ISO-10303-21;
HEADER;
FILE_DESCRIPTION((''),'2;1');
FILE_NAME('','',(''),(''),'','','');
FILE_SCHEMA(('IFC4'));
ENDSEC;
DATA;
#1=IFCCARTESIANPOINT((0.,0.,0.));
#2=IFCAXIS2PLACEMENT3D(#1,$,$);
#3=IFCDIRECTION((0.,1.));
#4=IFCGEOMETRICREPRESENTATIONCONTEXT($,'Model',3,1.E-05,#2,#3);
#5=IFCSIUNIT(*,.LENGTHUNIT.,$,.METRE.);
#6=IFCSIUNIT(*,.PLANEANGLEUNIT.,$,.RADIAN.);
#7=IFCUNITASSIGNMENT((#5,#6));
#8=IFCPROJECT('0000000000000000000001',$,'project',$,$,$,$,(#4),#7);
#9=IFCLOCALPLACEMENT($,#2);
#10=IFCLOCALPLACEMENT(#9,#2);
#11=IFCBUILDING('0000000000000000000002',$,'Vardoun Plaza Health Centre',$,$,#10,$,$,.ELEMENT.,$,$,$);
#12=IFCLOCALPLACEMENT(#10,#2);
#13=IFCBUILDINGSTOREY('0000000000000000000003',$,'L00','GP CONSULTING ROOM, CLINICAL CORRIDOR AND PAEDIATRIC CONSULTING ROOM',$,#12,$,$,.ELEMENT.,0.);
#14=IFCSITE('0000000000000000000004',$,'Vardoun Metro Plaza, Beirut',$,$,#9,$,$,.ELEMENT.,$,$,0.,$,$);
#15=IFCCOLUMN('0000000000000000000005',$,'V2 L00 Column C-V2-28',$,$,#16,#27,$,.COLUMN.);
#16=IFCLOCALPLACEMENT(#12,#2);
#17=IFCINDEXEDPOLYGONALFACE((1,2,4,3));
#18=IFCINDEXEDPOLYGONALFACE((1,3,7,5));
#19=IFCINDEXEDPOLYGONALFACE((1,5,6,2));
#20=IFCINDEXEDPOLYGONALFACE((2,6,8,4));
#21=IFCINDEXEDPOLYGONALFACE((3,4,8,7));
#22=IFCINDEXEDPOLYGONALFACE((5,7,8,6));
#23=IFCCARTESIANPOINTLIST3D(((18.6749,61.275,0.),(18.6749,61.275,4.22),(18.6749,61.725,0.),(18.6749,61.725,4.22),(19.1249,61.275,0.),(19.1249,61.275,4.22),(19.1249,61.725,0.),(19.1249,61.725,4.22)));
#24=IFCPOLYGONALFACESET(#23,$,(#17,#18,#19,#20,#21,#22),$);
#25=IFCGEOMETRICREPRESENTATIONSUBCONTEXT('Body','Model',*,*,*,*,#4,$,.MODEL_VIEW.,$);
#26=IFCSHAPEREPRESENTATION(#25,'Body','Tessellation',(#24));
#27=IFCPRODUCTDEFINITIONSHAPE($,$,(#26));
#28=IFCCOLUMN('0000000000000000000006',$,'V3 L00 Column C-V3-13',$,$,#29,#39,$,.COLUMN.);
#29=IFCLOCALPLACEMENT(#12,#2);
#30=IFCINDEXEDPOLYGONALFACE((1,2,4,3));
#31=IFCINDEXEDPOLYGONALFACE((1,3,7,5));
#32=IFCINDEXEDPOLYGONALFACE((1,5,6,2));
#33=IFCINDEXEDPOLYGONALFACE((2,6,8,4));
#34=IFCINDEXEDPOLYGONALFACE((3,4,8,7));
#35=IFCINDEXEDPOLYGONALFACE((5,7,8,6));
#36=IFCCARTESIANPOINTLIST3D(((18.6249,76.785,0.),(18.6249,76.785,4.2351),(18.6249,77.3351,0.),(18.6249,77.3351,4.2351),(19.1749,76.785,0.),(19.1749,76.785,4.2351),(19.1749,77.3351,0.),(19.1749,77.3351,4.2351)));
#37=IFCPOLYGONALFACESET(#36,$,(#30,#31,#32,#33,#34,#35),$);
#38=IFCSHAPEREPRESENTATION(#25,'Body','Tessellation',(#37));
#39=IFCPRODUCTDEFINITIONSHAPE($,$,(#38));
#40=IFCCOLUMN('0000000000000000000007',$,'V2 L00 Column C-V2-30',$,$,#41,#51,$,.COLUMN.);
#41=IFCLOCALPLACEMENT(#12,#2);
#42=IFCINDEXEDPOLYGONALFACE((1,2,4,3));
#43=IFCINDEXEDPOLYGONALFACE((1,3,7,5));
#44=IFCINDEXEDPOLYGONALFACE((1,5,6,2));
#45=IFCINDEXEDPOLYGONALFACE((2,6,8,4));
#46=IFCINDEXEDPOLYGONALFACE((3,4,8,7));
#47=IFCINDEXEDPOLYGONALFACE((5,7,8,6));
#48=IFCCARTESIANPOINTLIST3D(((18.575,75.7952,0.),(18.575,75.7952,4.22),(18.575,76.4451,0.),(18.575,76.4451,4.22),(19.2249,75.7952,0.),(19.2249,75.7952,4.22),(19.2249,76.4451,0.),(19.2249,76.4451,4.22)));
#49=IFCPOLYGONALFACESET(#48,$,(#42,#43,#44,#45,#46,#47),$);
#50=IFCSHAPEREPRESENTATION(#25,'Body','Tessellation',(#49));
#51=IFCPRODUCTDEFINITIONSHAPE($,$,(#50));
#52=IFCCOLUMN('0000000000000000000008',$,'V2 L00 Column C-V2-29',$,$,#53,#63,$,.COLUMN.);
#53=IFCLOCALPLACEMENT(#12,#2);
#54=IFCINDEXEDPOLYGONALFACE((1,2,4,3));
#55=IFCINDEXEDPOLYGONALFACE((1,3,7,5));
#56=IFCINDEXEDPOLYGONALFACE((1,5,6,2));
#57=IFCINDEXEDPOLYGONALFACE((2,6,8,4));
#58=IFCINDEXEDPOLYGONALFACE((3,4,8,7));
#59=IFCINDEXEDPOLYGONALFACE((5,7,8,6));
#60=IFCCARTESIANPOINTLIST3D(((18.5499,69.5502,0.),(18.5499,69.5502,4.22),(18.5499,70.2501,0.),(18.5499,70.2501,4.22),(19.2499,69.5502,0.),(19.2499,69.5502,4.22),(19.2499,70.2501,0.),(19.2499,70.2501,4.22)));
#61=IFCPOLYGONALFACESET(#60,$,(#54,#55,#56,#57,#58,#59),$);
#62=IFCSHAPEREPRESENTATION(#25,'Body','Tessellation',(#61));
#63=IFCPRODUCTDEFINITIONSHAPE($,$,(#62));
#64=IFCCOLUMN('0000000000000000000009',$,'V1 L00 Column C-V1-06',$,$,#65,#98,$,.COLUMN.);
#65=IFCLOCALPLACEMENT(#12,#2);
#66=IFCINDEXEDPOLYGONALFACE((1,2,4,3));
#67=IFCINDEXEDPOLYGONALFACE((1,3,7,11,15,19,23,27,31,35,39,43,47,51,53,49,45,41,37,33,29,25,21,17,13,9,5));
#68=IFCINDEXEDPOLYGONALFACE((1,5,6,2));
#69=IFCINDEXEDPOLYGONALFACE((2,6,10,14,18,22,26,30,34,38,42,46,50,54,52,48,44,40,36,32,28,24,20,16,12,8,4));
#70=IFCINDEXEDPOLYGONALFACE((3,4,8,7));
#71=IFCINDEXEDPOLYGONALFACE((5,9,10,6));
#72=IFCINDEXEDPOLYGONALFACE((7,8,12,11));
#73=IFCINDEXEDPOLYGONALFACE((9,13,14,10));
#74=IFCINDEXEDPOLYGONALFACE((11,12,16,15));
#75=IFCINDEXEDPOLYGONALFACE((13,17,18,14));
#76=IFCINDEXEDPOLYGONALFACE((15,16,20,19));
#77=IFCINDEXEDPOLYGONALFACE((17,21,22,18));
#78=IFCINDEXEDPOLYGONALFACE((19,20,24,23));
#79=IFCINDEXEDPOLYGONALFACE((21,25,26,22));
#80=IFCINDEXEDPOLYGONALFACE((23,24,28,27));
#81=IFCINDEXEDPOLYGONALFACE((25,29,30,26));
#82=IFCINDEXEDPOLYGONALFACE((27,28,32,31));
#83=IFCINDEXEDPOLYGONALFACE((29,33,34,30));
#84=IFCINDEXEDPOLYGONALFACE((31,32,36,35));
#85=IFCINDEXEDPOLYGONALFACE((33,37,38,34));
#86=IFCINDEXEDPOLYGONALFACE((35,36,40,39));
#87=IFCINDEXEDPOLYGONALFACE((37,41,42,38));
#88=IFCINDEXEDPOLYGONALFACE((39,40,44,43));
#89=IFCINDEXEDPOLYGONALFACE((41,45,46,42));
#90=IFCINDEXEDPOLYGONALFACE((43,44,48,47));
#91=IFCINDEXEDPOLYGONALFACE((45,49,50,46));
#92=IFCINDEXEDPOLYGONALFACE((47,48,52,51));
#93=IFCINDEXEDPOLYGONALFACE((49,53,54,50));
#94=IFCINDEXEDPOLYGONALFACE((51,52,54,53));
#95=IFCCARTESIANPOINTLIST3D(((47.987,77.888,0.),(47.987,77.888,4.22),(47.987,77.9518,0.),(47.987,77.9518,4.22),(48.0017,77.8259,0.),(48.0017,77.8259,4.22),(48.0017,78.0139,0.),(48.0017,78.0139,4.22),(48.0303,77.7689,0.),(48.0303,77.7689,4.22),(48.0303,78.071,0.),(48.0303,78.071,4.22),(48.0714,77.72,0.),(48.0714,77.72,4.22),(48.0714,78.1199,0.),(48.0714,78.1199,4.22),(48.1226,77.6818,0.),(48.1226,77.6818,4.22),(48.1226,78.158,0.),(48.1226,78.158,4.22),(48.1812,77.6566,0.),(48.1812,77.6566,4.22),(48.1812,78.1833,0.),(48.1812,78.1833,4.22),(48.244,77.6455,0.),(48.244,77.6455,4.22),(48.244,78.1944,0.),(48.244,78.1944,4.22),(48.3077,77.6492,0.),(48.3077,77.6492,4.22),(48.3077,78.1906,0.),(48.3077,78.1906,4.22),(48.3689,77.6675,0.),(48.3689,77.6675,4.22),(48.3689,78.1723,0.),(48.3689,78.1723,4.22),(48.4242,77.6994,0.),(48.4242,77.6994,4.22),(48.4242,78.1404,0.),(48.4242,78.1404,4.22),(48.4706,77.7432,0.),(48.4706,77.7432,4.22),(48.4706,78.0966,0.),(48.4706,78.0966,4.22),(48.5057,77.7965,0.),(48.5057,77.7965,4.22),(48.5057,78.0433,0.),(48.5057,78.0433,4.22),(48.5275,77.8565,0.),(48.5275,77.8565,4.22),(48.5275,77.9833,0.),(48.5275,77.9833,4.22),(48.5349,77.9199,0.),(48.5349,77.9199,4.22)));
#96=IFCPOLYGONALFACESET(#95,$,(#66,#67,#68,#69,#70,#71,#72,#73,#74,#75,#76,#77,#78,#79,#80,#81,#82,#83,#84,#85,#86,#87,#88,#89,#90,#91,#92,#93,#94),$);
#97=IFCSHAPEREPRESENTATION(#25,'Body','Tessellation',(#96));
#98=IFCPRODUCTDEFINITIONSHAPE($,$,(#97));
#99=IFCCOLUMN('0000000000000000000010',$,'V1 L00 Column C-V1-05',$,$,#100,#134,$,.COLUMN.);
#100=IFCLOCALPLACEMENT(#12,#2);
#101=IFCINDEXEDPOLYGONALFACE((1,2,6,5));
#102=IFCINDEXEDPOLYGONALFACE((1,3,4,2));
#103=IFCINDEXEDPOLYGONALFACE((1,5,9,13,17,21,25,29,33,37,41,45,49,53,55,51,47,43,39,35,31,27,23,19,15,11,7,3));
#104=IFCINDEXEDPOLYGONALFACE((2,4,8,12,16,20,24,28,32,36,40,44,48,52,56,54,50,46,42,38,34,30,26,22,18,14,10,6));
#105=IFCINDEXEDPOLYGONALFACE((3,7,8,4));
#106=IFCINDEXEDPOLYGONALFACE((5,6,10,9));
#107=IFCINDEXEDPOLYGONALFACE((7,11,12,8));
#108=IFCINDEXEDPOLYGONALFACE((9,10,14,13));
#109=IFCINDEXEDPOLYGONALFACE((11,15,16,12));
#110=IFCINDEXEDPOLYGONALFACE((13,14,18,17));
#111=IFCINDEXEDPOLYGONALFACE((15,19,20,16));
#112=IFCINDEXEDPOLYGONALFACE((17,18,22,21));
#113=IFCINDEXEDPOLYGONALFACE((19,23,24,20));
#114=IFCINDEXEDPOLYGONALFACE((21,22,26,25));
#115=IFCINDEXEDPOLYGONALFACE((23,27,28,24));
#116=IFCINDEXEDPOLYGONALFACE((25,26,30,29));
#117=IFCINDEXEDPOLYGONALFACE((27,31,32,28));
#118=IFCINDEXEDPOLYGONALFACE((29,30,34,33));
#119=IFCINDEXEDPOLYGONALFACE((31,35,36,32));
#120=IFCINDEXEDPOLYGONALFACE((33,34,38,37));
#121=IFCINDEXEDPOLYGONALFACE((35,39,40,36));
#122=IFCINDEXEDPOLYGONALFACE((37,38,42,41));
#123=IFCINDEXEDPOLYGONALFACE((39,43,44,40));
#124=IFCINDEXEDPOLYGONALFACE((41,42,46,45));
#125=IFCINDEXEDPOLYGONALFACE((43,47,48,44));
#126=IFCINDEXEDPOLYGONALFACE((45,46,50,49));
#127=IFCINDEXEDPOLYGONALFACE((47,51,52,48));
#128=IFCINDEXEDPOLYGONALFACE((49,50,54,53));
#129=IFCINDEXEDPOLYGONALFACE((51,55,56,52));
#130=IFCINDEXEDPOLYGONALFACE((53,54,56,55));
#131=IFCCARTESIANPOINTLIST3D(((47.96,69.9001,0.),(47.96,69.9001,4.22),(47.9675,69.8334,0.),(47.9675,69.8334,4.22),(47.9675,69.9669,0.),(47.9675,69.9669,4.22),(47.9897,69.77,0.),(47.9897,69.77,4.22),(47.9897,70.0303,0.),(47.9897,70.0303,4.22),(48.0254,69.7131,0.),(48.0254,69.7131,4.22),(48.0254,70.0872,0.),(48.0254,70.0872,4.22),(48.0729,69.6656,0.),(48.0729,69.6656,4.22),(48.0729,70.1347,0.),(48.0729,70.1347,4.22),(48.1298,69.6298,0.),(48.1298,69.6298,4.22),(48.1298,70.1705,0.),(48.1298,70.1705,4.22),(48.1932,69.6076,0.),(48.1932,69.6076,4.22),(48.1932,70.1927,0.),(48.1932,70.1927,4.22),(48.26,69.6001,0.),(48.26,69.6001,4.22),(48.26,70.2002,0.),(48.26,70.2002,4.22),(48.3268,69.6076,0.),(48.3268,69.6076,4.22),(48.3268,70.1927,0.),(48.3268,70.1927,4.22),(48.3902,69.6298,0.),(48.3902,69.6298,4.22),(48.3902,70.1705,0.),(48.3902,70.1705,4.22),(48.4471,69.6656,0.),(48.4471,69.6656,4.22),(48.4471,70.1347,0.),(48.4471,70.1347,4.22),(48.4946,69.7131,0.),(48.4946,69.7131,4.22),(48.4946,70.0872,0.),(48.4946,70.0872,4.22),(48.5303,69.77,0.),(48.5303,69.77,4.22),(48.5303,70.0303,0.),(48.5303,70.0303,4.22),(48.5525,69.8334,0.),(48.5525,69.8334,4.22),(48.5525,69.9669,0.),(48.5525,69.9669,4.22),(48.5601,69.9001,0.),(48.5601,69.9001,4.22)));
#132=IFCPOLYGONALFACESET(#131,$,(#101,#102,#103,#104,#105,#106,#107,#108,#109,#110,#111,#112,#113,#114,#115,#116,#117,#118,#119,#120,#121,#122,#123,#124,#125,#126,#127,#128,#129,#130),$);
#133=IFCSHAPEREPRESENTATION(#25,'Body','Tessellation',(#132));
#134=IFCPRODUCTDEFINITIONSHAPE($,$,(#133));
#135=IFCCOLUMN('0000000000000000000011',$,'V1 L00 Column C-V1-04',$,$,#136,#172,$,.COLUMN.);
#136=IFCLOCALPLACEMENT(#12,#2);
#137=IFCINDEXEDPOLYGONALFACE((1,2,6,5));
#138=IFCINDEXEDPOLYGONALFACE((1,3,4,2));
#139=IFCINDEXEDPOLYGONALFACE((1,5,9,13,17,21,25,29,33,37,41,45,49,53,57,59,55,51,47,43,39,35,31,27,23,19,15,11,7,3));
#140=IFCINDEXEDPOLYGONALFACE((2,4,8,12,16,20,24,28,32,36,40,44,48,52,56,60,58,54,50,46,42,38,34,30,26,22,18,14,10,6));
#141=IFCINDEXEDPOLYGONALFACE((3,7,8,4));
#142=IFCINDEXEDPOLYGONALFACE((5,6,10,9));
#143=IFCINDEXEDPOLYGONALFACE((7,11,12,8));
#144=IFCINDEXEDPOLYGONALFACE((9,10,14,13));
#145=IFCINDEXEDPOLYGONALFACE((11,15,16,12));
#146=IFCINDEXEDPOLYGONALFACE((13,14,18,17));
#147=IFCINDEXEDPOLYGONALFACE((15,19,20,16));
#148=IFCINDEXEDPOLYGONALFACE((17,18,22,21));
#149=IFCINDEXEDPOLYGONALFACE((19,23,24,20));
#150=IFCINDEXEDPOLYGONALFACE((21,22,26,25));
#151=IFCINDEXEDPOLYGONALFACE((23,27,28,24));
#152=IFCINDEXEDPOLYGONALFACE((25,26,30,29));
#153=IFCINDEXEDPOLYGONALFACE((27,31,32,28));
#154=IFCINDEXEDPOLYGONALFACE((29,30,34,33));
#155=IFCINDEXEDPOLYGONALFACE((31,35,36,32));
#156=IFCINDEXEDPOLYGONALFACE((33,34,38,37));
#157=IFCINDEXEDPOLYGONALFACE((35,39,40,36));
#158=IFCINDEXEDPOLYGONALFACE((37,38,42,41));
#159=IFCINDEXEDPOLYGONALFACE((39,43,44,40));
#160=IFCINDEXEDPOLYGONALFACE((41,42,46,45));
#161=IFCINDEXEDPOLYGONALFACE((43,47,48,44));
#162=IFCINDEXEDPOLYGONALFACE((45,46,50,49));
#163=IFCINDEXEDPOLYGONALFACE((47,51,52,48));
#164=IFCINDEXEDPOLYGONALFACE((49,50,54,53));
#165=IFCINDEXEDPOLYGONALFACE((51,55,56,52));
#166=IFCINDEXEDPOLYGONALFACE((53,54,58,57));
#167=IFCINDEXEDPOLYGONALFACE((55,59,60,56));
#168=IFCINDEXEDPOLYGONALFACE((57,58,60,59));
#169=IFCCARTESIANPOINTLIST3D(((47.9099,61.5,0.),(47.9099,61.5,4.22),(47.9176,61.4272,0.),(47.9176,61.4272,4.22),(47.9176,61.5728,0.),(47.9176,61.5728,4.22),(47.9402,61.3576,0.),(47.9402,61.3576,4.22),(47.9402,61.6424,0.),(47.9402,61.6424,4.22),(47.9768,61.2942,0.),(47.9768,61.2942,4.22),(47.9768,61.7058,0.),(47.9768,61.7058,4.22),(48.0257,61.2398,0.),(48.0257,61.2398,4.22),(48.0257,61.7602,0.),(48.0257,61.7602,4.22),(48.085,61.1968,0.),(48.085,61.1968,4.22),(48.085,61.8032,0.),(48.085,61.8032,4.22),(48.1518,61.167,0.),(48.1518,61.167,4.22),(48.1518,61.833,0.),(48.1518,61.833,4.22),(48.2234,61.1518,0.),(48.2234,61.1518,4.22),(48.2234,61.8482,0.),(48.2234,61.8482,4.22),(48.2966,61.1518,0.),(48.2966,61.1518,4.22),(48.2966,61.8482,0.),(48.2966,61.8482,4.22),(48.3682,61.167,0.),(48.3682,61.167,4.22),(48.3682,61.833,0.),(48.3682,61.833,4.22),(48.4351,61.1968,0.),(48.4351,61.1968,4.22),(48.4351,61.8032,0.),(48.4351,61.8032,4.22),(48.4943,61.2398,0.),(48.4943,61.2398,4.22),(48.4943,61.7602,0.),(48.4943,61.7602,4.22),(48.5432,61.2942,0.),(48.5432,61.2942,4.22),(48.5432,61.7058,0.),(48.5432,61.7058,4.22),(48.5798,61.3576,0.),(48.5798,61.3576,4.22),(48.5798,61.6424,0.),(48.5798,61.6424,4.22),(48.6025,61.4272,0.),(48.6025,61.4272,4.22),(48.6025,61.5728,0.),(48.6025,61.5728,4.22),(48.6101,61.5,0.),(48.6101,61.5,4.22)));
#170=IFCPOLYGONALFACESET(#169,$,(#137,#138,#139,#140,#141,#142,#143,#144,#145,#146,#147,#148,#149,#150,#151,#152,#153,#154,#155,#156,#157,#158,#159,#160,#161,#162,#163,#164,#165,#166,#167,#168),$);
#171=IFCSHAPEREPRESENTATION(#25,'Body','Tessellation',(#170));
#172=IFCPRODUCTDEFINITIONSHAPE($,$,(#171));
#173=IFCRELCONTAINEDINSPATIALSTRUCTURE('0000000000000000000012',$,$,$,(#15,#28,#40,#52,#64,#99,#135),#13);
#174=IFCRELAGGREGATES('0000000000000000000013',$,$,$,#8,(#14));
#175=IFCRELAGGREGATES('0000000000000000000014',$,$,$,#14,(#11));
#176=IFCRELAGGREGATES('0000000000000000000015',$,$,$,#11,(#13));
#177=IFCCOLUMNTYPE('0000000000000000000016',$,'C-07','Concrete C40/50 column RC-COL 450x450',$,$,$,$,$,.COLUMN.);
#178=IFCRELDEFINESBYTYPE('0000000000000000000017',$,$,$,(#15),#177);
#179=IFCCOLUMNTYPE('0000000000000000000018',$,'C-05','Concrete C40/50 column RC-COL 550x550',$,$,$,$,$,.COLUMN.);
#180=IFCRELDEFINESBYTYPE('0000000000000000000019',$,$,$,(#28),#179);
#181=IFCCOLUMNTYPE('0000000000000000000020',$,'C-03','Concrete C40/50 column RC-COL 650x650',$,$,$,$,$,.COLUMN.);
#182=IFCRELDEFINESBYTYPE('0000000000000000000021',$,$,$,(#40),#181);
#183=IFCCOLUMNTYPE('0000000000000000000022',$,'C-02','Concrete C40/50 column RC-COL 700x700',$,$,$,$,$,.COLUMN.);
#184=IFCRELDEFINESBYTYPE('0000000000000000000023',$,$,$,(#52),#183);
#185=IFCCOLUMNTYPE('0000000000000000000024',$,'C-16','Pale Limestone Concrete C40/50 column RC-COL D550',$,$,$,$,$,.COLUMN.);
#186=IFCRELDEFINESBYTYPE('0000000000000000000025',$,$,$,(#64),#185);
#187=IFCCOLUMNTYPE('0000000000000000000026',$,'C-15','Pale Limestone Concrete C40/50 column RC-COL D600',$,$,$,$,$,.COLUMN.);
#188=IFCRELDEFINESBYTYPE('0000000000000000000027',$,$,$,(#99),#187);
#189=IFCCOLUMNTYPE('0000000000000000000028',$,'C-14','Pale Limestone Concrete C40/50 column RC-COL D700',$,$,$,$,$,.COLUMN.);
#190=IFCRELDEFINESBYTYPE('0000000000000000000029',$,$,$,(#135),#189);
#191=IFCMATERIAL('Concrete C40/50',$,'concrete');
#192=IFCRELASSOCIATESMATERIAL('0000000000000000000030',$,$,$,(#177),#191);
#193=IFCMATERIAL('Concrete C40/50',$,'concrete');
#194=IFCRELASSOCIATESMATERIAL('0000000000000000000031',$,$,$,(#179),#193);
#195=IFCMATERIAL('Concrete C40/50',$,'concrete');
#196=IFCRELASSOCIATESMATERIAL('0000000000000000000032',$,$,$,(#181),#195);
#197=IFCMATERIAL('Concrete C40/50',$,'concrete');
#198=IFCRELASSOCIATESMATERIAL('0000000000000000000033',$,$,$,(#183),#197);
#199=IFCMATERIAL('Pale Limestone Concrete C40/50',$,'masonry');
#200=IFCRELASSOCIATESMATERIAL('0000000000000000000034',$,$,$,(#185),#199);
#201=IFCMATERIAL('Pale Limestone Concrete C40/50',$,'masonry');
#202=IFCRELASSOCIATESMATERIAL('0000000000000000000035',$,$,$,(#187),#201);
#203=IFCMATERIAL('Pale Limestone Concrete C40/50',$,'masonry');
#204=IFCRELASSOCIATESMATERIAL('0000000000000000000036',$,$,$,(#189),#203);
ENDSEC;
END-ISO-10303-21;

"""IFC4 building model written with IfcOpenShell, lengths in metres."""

from ifc_helpers import new_model, si_unit, direction, frame, origin, origin_2d, place, context, subcontext, project, spatial, rectangle, circle, extrude, material, material_profile, profile_set, type_object, element, save


model = new_model("IFC4")

# Units and contexts
model_context = context("Model", 3, precision=1e-05, world=origin(), true_north=direction((0.0, 1.0)))
body_context = subcontext(model_context, "Body", "Model", "MODEL_VIEW")
ifc_project = project(units=[si_unit("LENGTHUNIT", "METRE"), si_unit("PLANEANGLEUNIT", "RADIAN")], contexts=[model_context])

# Site, building, storey
site_placement = place(None, origin())
site = spatial("IfcSite", under=ifc_project, at=site_placement, Name="Vardoun Metro Plaza, Beirut", CompositionType="ELEMENT", RefElevation=0.0)
building_placement = place(site_placement, origin())
building = spatial("IfcBuilding", under=site, at=building_placement, Name="Vardoun Plaza Health Centre", CompositionType="ELEMENT")
storey_placement = place(building_placement, origin())
storey = spatial("IfcBuildingStorey", under=building, at=storey_placement, Name="L00", Description="GP CONSULTING ROOM, CLINICAL CORRIDOR AND PAEDIATRIC CONSULTING ROOM", CompositionType="ELEMENT", Elevation=0.0)

# Columns
ifc_material_1 = material(Name="Concrete C40/50", Category="concrete")
ifc_material_profile_1 = material_profile(ifc_material_1, rectangle(XDim=0.45, YDim=0.45, at=origin_2d()), Name="RC-COL 450x450")
ifc_profile_set_1 = profile_set([ifc_material_profile_1], Name="Concrete C40/50")
column_type_1 = type_object("IfcColumnType", Name="C-07", Description="Concrete C40/50 column RC-COL 450x450", PredefinedType="COLUMN", material=ifc_profile_set_1)
column_1_placement = place(storey_placement, frame((18.8999, 61.5, 0.0), z_axis=(0.0, 0.0, 1.0), x_axis=(1.0, 0.0, 0.0)))
element("IfcColumn", 1, at=column_1_placement, inside=storey, type_object=column_type_1, Name="V2 L00 Column C-V2-28", PredefinedType="COLUMN", context=body_context, shape_type="SweptSolid", body=[
    extrude(rectangle(XDim=0.45, YDim=0.45, at=origin_2d()), origin(), (0.0, 0.0, 1.0), 4.22),
])
ifc_material_2 = material(Name="Concrete C40/50", Category="concrete")
ifc_material_profile_2 = material_profile(ifc_material_2, rectangle(XDim=0.55, YDim=0.55, at=origin_2d()), Name="RC-COL 550x550")
ifc_profile_set_2 = profile_set([ifc_material_profile_2], Name="Concrete C40/50")
column_type_2 = type_object("IfcColumnType", Name="C-05", Description="Concrete C40/50 column RC-COL 550x550", PredefinedType="COLUMN", material=ifc_profile_set_2)
column_2_placement = place(storey_placement, frame((18.8999, 77.0601, 0.0), z_axis=(0.0, 0.0, 1.0), x_axis=(1.0, 0.0, 0.0)))
element("IfcColumn", 2, at=column_2_placement, inside=storey, type_object=column_type_2, Name="V3 L00 Column C-V3-13", PredefinedType="COLUMN", context=body_context, shape_type="SweptSolid", body=[
    extrude(rectangle(XDim=0.55, YDim=0.55, at=origin_2d()), origin(), (0.0, 0.0, 1.0), 4.2351),
])
ifc_material_3 = material(Name="Concrete C40/50", Category="concrete")
ifc_material_profile_3 = material_profile(ifc_material_3, rectangle(XDim=0.6499, YDim=0.6499, at=origin_2d()), Name="RC-COL 650x650")
ifc_profile_set_3 = profile_set([ifc_material_profile_3], Name="Concrete C40/50")
column_type_3 = type_object("IfcColumnType", Name="C-03", Description="Concrete C40/50 column RC-COL 650x650", PredefinedType="COLUMN", material=ifc_profile_set_3)
column_3_placement = place(storey_placement, frame((18.8999, 76.1201, 0.0), z_axis=(0.0, 0.0, 1.0), x_axis=(1.0, 0.0, 0.0)))
element("IfcColumn", 3, at=column_3_placement, inside=storey, type_object=column_type_3, Name="V2 L00 Column C-V2-30", PredefinedType="COLUMN", context=body_context, shape_type="SweptSolid", body=[
    extrude(rectangle(XDim=0.6499, YDim=0.6499, at=origin_2d()), origin(), (0.0, 0.0, 1.0), 4.22),
])
ifc_material_4 = material(Name="Concrete C40/50", Category="concrete")
ifc_material_profile_4 = material_profile(ifc_material_4, rectangle(XDim=0.7, YDim=0.7, at=origin_2d()), Name="RC-COL 700x700")
ifc_profile_set_4 = profile_set([ifc_material_profile_4], Name="Concrete C40/50")
column_type_4 = type_object("IfcColumnType", Name="C-02", Description="Concrete C40/50 column RC-COL 700x700", PredefinedType="COLUMN", material=ifc_profile_set_4)
column_4_placement = place(storey_placement, frame((18.8999, 69.9001, 0.0), z_axis=(0.0, 0.0, 1.0), x_axis=(1.0, 0.0, 0.0)))
element("IfcColumn", 4, at=column_4_placement, inside=storey, type_object=column_type_4, Name="V2 L00 Column C-V2-29", PredefinedType="COLUMN", context=body_context, shape_type="SweptSolid", body=[
    extrude(rectangle(XDim=0.7, YDim=0.7, at=origin_2d()), origin(), (0.0, 0.0, 1.0), 4.22),
])
ifc_material_5 = material(Name="Pale Limestone Concrete C40/50", Category="masonry")
ifc_material_profile_5 = material_profile(ifc_material_5, circle(Radius=0.2749, at=origin_2d()), Name="RC-COL D550")
ifc_profile_set_5 = profile_set([ifc_material_profile_5], Name="Pale Limestone Concrete C40/50")
column_type_5 = type_object("IfcColumnType", Name="C-16", Description="Pale Limestone Concrete C40/50 column RC-COL D550", PredefinedType="COLUMN", material=ifc_profile_set_5)
column_5_placement = place(storey_placement, frame((48.26, 77.9199, 0.0), z_axis=(0.0, 0.0, 1.0), x_axis=(1.0, 0.0, 0.0)))
element("IfcColumn", 5, at=column_5_placement, inside=storey, type_object=column_type_5, Name="V1 L00 Column C-V1-06", PredefinedType="COLUMN", context=body_context, shape_type="SweptSolid", body=[
    extrude(circle(Radius=0.2749, at=origin_2d()), origin(), (0.0, 0.0, 1.0), 4.22),
])
ifc_material_6 = material(Name="Pale Limestone Concrete C40/50", Category="masonry")
ifc_material_profile_6 = material_profile(ifc_material_6, circle(Radius=0.3, at=origin_2d()), Name="RC-COL D600")
ifc_profile_set_6 = profile_set([ifc_material_profile_6], Name="Pale Limestone Concrete C40/50")
column_type_6 = type_object("IfcColumnType", Name="C-15", Description="Pale Limestone Concrete C40/50 column RC-COL D600", PredefinedType="COLUMN", material=ifc_profile_set_6)
column_6_placement = place(storey_placement, frame((48.26, 69.9001, 0.0), z_axis=(0.0, 0.0, 1.0), x_axis=(1.0, 0.0, 0.0)))
element("IfcColumn", 6, at=column_6_placement, inside=storey, type_object=column_type_6, Name="V1 L00 Column C-V1-05", PredefinedType="COLUMN", context=body_context, shape_type="SweptSolid", body=[
    extrude(circle(Radius=0.3, at=origin_2d()), origin(), (0.0, 0.0, 1.0), 4.22),
])
ifc_material_7 = material(Name="Pale Limestone Concrete C40/50", Category="masonry")
ifc_material_profile_7 = material_profile(ifc_material_7, circle(Radius=0.3501, at=origin_2d()), Name="RC-COL D700")
ifc_profile_set_7 = profile_set([ifc_material_profile_7], Name="Pale Limestone Concrete C40/50")
column_type_7 = type_object("IfcColumnType", Name="C-14", Description="Pale Limestone Concrete C40/50 column RC-COL D700", PredefinedType="COLUMN", material=ifc_profile_set_7)
column_7_placement = place(storey_placement, frame((48.26, 61.5, 0.0), z_axis=(0.0, 0.0, 1.0), x_axis=(1.0, 0.0, 0.0)))
element("IfcColumn", 7, at=column_7_placement, inside=storey, type_object=column_type_7, Name="V1 L00 Column C-V1-04", PredefinedType="COLUMN", context=body_context, shape_type="SweptSolid", body=[
    extrude(circle(Radius=0.3501, at=origin_2d()), origin(), (0.0, 0.0, 1.0), 4.22),
])

save(model, "model.ifc")
